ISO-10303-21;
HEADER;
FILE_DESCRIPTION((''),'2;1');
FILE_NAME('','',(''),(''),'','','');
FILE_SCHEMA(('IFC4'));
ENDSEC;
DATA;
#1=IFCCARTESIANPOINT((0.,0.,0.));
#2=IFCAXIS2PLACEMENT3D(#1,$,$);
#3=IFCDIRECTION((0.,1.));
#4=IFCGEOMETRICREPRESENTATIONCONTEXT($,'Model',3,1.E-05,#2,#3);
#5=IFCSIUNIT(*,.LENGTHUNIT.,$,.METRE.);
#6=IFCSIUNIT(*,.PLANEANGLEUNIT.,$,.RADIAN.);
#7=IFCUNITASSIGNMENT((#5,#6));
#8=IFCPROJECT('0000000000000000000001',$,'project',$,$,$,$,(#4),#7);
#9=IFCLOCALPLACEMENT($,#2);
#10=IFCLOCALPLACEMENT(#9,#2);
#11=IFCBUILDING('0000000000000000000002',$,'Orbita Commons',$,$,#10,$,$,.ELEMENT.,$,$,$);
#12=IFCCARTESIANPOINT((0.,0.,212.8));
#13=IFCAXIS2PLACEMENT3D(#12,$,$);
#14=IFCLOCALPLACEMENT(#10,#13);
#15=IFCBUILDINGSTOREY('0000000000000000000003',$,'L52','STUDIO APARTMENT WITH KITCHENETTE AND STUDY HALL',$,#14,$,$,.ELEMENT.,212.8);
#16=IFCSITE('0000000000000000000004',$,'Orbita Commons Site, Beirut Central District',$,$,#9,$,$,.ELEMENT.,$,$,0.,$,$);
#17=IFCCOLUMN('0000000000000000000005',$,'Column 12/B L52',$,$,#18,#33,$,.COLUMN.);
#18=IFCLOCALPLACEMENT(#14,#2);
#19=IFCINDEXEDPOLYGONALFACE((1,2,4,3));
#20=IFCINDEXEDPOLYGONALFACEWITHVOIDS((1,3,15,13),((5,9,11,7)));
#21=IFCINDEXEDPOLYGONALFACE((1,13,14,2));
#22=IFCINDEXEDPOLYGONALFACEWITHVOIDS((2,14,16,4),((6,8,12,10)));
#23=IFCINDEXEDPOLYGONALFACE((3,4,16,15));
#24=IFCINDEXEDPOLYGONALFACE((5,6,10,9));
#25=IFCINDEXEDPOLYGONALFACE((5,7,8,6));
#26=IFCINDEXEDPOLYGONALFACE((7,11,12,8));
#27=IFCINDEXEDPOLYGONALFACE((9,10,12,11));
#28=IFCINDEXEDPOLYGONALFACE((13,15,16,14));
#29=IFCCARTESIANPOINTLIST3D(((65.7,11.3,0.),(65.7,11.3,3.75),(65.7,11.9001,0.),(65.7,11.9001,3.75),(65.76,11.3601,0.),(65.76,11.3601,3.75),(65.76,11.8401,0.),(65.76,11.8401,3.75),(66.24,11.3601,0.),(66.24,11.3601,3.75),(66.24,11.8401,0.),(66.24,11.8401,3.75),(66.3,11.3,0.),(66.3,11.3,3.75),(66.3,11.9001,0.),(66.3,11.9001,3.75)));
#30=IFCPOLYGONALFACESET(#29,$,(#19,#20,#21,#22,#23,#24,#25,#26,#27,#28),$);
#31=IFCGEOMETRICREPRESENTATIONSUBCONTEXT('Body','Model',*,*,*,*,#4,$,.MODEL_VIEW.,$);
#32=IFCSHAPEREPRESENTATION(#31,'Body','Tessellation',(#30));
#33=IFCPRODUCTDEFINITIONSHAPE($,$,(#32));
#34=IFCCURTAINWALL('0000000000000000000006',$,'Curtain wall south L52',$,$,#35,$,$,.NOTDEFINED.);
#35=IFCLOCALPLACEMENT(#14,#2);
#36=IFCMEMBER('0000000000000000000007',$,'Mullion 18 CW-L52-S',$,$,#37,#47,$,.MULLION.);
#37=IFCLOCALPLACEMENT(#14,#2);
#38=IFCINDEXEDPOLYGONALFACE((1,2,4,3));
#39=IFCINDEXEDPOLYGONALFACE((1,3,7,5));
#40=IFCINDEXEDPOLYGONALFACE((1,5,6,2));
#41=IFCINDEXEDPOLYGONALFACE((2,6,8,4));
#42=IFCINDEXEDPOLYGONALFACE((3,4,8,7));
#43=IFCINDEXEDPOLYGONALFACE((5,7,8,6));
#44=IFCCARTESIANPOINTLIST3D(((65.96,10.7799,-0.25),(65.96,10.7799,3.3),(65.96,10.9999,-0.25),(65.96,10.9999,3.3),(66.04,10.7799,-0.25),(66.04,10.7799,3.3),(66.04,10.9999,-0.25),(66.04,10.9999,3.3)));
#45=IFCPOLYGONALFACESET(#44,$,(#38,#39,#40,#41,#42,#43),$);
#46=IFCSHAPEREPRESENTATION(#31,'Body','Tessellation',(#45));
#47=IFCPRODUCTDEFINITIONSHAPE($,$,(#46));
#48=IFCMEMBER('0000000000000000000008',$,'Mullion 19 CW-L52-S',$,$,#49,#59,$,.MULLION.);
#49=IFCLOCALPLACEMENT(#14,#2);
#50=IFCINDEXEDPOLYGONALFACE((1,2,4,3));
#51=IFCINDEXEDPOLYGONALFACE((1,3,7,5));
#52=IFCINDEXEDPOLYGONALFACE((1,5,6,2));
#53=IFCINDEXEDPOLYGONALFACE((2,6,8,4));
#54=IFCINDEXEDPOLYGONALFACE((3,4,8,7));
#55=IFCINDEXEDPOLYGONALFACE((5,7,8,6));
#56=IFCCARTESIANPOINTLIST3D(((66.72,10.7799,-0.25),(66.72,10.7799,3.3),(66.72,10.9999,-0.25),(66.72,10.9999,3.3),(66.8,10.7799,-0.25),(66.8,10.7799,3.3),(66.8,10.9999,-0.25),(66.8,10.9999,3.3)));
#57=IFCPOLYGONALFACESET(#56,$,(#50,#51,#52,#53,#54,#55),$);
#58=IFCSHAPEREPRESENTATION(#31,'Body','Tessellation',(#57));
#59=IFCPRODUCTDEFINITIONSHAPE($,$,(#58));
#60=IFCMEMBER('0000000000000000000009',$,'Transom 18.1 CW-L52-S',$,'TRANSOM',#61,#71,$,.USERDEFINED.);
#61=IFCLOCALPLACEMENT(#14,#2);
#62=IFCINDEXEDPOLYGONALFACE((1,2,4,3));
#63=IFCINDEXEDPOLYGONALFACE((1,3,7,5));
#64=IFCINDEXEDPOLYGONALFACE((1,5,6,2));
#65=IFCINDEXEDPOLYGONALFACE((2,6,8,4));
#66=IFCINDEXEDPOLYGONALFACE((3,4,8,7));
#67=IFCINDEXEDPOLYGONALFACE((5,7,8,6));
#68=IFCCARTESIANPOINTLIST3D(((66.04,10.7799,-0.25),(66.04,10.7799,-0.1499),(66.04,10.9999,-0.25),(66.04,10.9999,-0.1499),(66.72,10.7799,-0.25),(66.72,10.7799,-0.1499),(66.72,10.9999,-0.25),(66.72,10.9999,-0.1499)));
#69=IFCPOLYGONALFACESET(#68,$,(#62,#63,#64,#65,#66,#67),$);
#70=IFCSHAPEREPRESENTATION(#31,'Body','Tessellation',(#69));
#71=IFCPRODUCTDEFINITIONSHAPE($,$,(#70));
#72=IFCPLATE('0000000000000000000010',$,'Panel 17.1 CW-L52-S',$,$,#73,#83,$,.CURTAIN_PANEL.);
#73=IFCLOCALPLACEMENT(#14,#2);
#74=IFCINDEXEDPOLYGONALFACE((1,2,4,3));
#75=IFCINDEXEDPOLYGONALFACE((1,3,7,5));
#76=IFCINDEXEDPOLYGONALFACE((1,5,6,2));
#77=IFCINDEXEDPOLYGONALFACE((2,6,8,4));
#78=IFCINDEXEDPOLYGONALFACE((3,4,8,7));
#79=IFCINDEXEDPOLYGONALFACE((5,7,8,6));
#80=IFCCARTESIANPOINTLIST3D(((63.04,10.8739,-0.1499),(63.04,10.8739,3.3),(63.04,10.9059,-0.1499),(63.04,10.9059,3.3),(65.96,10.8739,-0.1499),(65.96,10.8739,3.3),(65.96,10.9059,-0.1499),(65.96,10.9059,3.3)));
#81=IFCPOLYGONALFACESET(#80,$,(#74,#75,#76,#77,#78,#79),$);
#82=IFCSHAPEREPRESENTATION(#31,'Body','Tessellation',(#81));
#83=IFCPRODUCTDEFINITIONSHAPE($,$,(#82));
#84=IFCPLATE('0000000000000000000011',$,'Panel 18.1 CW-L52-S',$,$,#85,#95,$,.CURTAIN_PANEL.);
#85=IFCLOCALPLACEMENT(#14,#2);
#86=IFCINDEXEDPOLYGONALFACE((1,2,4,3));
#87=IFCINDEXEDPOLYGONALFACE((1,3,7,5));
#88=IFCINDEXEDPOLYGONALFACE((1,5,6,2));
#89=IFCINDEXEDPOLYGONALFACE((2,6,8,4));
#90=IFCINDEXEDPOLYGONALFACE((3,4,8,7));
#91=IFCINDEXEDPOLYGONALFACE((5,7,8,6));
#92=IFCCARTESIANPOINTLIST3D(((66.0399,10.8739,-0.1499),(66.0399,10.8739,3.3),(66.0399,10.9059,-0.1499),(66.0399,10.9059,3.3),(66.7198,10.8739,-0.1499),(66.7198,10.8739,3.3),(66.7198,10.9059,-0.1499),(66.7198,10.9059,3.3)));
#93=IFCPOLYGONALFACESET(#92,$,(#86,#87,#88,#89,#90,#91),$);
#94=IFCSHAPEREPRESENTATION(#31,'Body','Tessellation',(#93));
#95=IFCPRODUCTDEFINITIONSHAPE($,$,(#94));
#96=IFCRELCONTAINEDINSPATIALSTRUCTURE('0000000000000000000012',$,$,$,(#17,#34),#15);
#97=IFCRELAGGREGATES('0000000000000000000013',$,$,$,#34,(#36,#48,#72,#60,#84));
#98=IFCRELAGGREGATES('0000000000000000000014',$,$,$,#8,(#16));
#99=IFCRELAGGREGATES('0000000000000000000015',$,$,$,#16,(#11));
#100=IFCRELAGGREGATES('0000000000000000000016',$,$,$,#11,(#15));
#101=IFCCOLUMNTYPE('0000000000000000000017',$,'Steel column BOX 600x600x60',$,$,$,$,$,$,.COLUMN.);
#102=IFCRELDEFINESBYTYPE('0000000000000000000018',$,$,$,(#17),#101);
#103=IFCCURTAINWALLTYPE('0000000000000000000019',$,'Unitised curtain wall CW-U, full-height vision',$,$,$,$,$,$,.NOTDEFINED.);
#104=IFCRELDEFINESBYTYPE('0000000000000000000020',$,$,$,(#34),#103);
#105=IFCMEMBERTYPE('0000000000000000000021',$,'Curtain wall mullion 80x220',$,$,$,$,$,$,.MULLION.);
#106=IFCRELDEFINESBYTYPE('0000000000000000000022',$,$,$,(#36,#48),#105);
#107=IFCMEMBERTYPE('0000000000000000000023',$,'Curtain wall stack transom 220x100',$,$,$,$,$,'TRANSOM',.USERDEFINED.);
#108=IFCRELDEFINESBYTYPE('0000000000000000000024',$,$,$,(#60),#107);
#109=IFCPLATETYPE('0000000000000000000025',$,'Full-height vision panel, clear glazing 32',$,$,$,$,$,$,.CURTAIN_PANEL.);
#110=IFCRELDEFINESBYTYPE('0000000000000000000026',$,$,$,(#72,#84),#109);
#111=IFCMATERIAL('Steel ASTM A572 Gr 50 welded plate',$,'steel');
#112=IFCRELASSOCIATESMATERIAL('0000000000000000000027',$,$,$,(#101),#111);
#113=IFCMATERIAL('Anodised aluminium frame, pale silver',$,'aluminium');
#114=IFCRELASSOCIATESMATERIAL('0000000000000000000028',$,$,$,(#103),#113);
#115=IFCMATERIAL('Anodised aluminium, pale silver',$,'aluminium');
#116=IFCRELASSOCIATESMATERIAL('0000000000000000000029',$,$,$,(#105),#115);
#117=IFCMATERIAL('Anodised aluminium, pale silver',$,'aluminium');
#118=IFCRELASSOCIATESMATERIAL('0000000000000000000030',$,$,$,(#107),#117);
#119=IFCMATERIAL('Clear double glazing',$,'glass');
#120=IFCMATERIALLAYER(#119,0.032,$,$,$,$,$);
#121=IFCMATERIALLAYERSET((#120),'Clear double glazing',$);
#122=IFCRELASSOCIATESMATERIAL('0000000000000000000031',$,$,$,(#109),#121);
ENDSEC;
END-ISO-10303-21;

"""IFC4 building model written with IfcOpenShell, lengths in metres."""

from ifc_helpers import new_model, si_unit, direction, frame, origin, origin_2d, place, context, subcontext, project, spatial, rectangle, hollow_rectangle, extrude, material, layer, layer_set, material_profile, profile_set, type_object, element, aggregate, save


model = new_model("IFC4")

# Units and contexts
model_context = context("Model", 3, precision=1e-05, world=origin(), true_north=direction((0.0, 1.0)))
body_context = subcontext(model_context, "Body", "Model", "MODEL_VIEW")
ifc_project = project(units=[si_unit("LENGTHUNIT", "METRE"), si_unit("PLANEANGLEUNIT", "RADIAN")], contexts=[model_context])

# Site, building, storey
site_placement = place(None, origin())
site = spatial("IfcSite", under=ifc_project, at=site_placement, Name="Orbita Commons Site, Beirut Central District", CompositionType="ELEMENT", RefElevation=0.0)
building_placement = place(site_placement, origin())
building = spatial("IfcBuilding", under=site, at=building_placement, Name="Orbita Commons", CompositionType="ELEMENT")
storey_placement = place(building_placement, frame((0.0, 0.0, 212.8)))
storey = spatial("IfcBuildingStorey", under=building, at=storey_placement, Name="L52", Description="STUDIO APARTMENT WITH KITCHENETTE AND STUDY HALL", CompositionType="ELEMENT", Elevation=212.8)

# Column
ifc_material_1 = material(Name="Steel ASTM A572 Gr 50 welded plate", Category="steel")
ifc_material_profile_1 = material_profile(ifc_material_1, hollow_rectangle(XDim=0.6001, YDim=0.6001, WallThickness=0.0601, at=origin_2d()), Name="BOX 600x600x60")
ifc_profile_set_1 = profile_set([ifc_material_profile_1], Name="Steel ASTM A572 Gr 50 welded plate")
column_type = type_object("IfcColumnType", Name="Steel column BOX 600x600x60", PredefinedType="COLUMN", material=ifc_profile_set_1)
column_placement = place(storey_placement, frame((66.0, 11.6001, 0.0), z_axis=(0.0, 0.0, 1.0), x_axis=(1.0, 0.0, 0.0)))
element("IfcColumn", 1, at=column_placement, inside=storey, type_object=column_type, Name="Column 12/B L52", PredefinedType="COLUMN", context=body_context, shape_type="SweptSolid", body=[
    extrude(hollow_rectangle(XDim=0.6001, YDim=0.6001, WallThickness=0.0601, at=origin_2d()), origin(), (0.0, 0.0, 1.0), 3.75),
])

# Curtain wall, members, plates
ifc_material_2 = material(Name="Anodised aluminium frame, pale silver", Category="aluminium")
curtain_wall_type = type_object("IfcCurtainWallType", Name="Unitised curtain wall CW-U, full-height vision", PredefinedType="NOTDEFINED", material=ifc_material_2)
curtain_wall_placement = place(storey_placement, origin())
curtain_wall = element("IfcCurtainWall", 2, at=curtain_wall_placement, inside=storey, type_object=curtain_wall_type, Name="Curtain wall south L52", PredefinedType="NOTDEFINED")
ifc_material_3 = material(Name="Anodised aluminium, pale silver", Category="aluminium")
ifc_material_profile_2 = material_profile(ifc_material_3, rectangle(XDim=0.0801, YDim=0.22, at=origin_2d()), Name="AL 80x220")
ifc_profile_set_2 = profile_set([ifc_material_profile_2], Name="Anodised aluminium, pale silver")
member_type_1 = type_object("IfcMemberType", Name="Curtain wall mullion 80x220", PredefinedType="MULLION", material=ifc_profile_set_2)
member_1_placement = place(storey_placement, frame((66.0, 10.8899, -0.25), z_axis=(0.0, 0.0, 1.0), x_axis=(1.0, 0.0, 0.0)))
member_1 = element("IfcMember", 3, at=member_1_placement, type_object=member_type_1, Name="Mullion 18 CW-L52-S", PredefinedType="MULLION", context=body_context, shape_type="SweptSolid", body=[
    extrude(rectangle(XDim=0.0801, YDim=0.22, at=origin_2d()), origin(), (0.0, 0.0, 1.0), 3.55),
])
member_2_placement = place(storey_placement, frame((66.76, 10.8899, -0.25), z_axis=(0.0, 0.0, 1.0), x_axis=(1.0, 0.0, 0.0)))
member_2 = element("IfcMember", 4, at=member_2_placement, type_object=member_type_1, Name="Mullion 19 CW-L52-S", PredefinedType="MULLION", context=body_context, shape_type="SweptSolid", body=[
    extrude(rectangle(XDim=0.0801, YDim=0.22, at=origin_2d()), origin(), (0.0, 0.0, 1.0), 3.55),
])
ifc_material_4 = material(Name="Anodised aluminium, pale silver", Category="aluminium")
ifc_material_profile_3 = material_profile(ifc_material_4, rectangle(XDim=0.22, YDim=0.1001, at=origin_2d()), Name="AL 220x100")
ifc_profile_set_3 = profile_set([ifc_material_profile_3], Name="Anodised aluminium, pale silver")
member_type_2 = type_object("IfcMemberType", Name="Curtain wall stack transom 220x100", ElementType="TRANSOM", PredefinedType="USERDEFINED", material=ifc_profile_set_3)
member_3_placement = place(storey_placement, frame((66.04, 10.8899, -0.2), z_axis=(1.0, 0.0, 0.0), x_axis=(0.0, 1.0, 0.0)))
member_3 = element("IfcMember", 5, at=member_3_placement, type_object=member_type_2, Name="Transom 18.1 CW-L52-S", ObjectType="TRANSOM", PredefinedType="USERDEFINED", context=body_context, shape_type="SweptSolid", body=[
    extrude(rectangle(XDim=0.22, YDim=0.1001, at=origin_2d()), origin(), (0.0, 0.0, 1.0), 0.6799),
])
ifc_material_5 = material(Name="Clear double glazing", Category="glass")
ifc_layer_1 = layer(ifc_material_5, 0.032)
ifc_layer_set_1 = layer_set([ifc_layer_1], Name="Clear double glazing")
plate_type = type_object("IfcPlateType", Name="Full-height vision panel, clear glazing 32", PredefinedType="CURTAIN_PANEL", material=ifc_layer_set_1)
plate_1_placement = place(storey_placement, frame((64.5, 10.8899, -0.1499), z_axis=(0.0, 0.0, 1.0), x_axis=(1.0, 0.0, 0.0)))
plate_1 = element("IfcPlate", 6, at=plate_1_placement, type_object=plate_type, Name="Panel 17.1 CW-L52-S", PredefinedType="CURTAIN_PANEL", context=body_context, shape_type="SweptSolid", body=[
    extrude(rectangle(XDim=2.9199, YDim=0.032, at=origin_2d()), origin(), (0.0, 0.0, 1.0), 3.45),
])
plate_2_placement = place(storey_placement, frame((66.3799, 10.8899, -0.1499), z_axis=(0.0, 0.0, 1.0), x_axis=(1.0, 0.0, 0.0)))
plate_2 = element("IfcPlate", 7, at=plate_2_placement, type_object=plate_type, Name="Panel 18.1 CW-L52-S", PredefinedType="CURTAIN_PANEL", context=body_context, shape_type="SweptSolid", body=[
    extrude(rectangle(XDim=0.6799, YDim=0.032, at=origin_2d()), origin(), (0.0, 0.0, 1.0), 3.45),
])
aggregate(curtain_wall, [member_1, member_2, plate_1, member_3, plate_2])

save(model, "model.ifc")
